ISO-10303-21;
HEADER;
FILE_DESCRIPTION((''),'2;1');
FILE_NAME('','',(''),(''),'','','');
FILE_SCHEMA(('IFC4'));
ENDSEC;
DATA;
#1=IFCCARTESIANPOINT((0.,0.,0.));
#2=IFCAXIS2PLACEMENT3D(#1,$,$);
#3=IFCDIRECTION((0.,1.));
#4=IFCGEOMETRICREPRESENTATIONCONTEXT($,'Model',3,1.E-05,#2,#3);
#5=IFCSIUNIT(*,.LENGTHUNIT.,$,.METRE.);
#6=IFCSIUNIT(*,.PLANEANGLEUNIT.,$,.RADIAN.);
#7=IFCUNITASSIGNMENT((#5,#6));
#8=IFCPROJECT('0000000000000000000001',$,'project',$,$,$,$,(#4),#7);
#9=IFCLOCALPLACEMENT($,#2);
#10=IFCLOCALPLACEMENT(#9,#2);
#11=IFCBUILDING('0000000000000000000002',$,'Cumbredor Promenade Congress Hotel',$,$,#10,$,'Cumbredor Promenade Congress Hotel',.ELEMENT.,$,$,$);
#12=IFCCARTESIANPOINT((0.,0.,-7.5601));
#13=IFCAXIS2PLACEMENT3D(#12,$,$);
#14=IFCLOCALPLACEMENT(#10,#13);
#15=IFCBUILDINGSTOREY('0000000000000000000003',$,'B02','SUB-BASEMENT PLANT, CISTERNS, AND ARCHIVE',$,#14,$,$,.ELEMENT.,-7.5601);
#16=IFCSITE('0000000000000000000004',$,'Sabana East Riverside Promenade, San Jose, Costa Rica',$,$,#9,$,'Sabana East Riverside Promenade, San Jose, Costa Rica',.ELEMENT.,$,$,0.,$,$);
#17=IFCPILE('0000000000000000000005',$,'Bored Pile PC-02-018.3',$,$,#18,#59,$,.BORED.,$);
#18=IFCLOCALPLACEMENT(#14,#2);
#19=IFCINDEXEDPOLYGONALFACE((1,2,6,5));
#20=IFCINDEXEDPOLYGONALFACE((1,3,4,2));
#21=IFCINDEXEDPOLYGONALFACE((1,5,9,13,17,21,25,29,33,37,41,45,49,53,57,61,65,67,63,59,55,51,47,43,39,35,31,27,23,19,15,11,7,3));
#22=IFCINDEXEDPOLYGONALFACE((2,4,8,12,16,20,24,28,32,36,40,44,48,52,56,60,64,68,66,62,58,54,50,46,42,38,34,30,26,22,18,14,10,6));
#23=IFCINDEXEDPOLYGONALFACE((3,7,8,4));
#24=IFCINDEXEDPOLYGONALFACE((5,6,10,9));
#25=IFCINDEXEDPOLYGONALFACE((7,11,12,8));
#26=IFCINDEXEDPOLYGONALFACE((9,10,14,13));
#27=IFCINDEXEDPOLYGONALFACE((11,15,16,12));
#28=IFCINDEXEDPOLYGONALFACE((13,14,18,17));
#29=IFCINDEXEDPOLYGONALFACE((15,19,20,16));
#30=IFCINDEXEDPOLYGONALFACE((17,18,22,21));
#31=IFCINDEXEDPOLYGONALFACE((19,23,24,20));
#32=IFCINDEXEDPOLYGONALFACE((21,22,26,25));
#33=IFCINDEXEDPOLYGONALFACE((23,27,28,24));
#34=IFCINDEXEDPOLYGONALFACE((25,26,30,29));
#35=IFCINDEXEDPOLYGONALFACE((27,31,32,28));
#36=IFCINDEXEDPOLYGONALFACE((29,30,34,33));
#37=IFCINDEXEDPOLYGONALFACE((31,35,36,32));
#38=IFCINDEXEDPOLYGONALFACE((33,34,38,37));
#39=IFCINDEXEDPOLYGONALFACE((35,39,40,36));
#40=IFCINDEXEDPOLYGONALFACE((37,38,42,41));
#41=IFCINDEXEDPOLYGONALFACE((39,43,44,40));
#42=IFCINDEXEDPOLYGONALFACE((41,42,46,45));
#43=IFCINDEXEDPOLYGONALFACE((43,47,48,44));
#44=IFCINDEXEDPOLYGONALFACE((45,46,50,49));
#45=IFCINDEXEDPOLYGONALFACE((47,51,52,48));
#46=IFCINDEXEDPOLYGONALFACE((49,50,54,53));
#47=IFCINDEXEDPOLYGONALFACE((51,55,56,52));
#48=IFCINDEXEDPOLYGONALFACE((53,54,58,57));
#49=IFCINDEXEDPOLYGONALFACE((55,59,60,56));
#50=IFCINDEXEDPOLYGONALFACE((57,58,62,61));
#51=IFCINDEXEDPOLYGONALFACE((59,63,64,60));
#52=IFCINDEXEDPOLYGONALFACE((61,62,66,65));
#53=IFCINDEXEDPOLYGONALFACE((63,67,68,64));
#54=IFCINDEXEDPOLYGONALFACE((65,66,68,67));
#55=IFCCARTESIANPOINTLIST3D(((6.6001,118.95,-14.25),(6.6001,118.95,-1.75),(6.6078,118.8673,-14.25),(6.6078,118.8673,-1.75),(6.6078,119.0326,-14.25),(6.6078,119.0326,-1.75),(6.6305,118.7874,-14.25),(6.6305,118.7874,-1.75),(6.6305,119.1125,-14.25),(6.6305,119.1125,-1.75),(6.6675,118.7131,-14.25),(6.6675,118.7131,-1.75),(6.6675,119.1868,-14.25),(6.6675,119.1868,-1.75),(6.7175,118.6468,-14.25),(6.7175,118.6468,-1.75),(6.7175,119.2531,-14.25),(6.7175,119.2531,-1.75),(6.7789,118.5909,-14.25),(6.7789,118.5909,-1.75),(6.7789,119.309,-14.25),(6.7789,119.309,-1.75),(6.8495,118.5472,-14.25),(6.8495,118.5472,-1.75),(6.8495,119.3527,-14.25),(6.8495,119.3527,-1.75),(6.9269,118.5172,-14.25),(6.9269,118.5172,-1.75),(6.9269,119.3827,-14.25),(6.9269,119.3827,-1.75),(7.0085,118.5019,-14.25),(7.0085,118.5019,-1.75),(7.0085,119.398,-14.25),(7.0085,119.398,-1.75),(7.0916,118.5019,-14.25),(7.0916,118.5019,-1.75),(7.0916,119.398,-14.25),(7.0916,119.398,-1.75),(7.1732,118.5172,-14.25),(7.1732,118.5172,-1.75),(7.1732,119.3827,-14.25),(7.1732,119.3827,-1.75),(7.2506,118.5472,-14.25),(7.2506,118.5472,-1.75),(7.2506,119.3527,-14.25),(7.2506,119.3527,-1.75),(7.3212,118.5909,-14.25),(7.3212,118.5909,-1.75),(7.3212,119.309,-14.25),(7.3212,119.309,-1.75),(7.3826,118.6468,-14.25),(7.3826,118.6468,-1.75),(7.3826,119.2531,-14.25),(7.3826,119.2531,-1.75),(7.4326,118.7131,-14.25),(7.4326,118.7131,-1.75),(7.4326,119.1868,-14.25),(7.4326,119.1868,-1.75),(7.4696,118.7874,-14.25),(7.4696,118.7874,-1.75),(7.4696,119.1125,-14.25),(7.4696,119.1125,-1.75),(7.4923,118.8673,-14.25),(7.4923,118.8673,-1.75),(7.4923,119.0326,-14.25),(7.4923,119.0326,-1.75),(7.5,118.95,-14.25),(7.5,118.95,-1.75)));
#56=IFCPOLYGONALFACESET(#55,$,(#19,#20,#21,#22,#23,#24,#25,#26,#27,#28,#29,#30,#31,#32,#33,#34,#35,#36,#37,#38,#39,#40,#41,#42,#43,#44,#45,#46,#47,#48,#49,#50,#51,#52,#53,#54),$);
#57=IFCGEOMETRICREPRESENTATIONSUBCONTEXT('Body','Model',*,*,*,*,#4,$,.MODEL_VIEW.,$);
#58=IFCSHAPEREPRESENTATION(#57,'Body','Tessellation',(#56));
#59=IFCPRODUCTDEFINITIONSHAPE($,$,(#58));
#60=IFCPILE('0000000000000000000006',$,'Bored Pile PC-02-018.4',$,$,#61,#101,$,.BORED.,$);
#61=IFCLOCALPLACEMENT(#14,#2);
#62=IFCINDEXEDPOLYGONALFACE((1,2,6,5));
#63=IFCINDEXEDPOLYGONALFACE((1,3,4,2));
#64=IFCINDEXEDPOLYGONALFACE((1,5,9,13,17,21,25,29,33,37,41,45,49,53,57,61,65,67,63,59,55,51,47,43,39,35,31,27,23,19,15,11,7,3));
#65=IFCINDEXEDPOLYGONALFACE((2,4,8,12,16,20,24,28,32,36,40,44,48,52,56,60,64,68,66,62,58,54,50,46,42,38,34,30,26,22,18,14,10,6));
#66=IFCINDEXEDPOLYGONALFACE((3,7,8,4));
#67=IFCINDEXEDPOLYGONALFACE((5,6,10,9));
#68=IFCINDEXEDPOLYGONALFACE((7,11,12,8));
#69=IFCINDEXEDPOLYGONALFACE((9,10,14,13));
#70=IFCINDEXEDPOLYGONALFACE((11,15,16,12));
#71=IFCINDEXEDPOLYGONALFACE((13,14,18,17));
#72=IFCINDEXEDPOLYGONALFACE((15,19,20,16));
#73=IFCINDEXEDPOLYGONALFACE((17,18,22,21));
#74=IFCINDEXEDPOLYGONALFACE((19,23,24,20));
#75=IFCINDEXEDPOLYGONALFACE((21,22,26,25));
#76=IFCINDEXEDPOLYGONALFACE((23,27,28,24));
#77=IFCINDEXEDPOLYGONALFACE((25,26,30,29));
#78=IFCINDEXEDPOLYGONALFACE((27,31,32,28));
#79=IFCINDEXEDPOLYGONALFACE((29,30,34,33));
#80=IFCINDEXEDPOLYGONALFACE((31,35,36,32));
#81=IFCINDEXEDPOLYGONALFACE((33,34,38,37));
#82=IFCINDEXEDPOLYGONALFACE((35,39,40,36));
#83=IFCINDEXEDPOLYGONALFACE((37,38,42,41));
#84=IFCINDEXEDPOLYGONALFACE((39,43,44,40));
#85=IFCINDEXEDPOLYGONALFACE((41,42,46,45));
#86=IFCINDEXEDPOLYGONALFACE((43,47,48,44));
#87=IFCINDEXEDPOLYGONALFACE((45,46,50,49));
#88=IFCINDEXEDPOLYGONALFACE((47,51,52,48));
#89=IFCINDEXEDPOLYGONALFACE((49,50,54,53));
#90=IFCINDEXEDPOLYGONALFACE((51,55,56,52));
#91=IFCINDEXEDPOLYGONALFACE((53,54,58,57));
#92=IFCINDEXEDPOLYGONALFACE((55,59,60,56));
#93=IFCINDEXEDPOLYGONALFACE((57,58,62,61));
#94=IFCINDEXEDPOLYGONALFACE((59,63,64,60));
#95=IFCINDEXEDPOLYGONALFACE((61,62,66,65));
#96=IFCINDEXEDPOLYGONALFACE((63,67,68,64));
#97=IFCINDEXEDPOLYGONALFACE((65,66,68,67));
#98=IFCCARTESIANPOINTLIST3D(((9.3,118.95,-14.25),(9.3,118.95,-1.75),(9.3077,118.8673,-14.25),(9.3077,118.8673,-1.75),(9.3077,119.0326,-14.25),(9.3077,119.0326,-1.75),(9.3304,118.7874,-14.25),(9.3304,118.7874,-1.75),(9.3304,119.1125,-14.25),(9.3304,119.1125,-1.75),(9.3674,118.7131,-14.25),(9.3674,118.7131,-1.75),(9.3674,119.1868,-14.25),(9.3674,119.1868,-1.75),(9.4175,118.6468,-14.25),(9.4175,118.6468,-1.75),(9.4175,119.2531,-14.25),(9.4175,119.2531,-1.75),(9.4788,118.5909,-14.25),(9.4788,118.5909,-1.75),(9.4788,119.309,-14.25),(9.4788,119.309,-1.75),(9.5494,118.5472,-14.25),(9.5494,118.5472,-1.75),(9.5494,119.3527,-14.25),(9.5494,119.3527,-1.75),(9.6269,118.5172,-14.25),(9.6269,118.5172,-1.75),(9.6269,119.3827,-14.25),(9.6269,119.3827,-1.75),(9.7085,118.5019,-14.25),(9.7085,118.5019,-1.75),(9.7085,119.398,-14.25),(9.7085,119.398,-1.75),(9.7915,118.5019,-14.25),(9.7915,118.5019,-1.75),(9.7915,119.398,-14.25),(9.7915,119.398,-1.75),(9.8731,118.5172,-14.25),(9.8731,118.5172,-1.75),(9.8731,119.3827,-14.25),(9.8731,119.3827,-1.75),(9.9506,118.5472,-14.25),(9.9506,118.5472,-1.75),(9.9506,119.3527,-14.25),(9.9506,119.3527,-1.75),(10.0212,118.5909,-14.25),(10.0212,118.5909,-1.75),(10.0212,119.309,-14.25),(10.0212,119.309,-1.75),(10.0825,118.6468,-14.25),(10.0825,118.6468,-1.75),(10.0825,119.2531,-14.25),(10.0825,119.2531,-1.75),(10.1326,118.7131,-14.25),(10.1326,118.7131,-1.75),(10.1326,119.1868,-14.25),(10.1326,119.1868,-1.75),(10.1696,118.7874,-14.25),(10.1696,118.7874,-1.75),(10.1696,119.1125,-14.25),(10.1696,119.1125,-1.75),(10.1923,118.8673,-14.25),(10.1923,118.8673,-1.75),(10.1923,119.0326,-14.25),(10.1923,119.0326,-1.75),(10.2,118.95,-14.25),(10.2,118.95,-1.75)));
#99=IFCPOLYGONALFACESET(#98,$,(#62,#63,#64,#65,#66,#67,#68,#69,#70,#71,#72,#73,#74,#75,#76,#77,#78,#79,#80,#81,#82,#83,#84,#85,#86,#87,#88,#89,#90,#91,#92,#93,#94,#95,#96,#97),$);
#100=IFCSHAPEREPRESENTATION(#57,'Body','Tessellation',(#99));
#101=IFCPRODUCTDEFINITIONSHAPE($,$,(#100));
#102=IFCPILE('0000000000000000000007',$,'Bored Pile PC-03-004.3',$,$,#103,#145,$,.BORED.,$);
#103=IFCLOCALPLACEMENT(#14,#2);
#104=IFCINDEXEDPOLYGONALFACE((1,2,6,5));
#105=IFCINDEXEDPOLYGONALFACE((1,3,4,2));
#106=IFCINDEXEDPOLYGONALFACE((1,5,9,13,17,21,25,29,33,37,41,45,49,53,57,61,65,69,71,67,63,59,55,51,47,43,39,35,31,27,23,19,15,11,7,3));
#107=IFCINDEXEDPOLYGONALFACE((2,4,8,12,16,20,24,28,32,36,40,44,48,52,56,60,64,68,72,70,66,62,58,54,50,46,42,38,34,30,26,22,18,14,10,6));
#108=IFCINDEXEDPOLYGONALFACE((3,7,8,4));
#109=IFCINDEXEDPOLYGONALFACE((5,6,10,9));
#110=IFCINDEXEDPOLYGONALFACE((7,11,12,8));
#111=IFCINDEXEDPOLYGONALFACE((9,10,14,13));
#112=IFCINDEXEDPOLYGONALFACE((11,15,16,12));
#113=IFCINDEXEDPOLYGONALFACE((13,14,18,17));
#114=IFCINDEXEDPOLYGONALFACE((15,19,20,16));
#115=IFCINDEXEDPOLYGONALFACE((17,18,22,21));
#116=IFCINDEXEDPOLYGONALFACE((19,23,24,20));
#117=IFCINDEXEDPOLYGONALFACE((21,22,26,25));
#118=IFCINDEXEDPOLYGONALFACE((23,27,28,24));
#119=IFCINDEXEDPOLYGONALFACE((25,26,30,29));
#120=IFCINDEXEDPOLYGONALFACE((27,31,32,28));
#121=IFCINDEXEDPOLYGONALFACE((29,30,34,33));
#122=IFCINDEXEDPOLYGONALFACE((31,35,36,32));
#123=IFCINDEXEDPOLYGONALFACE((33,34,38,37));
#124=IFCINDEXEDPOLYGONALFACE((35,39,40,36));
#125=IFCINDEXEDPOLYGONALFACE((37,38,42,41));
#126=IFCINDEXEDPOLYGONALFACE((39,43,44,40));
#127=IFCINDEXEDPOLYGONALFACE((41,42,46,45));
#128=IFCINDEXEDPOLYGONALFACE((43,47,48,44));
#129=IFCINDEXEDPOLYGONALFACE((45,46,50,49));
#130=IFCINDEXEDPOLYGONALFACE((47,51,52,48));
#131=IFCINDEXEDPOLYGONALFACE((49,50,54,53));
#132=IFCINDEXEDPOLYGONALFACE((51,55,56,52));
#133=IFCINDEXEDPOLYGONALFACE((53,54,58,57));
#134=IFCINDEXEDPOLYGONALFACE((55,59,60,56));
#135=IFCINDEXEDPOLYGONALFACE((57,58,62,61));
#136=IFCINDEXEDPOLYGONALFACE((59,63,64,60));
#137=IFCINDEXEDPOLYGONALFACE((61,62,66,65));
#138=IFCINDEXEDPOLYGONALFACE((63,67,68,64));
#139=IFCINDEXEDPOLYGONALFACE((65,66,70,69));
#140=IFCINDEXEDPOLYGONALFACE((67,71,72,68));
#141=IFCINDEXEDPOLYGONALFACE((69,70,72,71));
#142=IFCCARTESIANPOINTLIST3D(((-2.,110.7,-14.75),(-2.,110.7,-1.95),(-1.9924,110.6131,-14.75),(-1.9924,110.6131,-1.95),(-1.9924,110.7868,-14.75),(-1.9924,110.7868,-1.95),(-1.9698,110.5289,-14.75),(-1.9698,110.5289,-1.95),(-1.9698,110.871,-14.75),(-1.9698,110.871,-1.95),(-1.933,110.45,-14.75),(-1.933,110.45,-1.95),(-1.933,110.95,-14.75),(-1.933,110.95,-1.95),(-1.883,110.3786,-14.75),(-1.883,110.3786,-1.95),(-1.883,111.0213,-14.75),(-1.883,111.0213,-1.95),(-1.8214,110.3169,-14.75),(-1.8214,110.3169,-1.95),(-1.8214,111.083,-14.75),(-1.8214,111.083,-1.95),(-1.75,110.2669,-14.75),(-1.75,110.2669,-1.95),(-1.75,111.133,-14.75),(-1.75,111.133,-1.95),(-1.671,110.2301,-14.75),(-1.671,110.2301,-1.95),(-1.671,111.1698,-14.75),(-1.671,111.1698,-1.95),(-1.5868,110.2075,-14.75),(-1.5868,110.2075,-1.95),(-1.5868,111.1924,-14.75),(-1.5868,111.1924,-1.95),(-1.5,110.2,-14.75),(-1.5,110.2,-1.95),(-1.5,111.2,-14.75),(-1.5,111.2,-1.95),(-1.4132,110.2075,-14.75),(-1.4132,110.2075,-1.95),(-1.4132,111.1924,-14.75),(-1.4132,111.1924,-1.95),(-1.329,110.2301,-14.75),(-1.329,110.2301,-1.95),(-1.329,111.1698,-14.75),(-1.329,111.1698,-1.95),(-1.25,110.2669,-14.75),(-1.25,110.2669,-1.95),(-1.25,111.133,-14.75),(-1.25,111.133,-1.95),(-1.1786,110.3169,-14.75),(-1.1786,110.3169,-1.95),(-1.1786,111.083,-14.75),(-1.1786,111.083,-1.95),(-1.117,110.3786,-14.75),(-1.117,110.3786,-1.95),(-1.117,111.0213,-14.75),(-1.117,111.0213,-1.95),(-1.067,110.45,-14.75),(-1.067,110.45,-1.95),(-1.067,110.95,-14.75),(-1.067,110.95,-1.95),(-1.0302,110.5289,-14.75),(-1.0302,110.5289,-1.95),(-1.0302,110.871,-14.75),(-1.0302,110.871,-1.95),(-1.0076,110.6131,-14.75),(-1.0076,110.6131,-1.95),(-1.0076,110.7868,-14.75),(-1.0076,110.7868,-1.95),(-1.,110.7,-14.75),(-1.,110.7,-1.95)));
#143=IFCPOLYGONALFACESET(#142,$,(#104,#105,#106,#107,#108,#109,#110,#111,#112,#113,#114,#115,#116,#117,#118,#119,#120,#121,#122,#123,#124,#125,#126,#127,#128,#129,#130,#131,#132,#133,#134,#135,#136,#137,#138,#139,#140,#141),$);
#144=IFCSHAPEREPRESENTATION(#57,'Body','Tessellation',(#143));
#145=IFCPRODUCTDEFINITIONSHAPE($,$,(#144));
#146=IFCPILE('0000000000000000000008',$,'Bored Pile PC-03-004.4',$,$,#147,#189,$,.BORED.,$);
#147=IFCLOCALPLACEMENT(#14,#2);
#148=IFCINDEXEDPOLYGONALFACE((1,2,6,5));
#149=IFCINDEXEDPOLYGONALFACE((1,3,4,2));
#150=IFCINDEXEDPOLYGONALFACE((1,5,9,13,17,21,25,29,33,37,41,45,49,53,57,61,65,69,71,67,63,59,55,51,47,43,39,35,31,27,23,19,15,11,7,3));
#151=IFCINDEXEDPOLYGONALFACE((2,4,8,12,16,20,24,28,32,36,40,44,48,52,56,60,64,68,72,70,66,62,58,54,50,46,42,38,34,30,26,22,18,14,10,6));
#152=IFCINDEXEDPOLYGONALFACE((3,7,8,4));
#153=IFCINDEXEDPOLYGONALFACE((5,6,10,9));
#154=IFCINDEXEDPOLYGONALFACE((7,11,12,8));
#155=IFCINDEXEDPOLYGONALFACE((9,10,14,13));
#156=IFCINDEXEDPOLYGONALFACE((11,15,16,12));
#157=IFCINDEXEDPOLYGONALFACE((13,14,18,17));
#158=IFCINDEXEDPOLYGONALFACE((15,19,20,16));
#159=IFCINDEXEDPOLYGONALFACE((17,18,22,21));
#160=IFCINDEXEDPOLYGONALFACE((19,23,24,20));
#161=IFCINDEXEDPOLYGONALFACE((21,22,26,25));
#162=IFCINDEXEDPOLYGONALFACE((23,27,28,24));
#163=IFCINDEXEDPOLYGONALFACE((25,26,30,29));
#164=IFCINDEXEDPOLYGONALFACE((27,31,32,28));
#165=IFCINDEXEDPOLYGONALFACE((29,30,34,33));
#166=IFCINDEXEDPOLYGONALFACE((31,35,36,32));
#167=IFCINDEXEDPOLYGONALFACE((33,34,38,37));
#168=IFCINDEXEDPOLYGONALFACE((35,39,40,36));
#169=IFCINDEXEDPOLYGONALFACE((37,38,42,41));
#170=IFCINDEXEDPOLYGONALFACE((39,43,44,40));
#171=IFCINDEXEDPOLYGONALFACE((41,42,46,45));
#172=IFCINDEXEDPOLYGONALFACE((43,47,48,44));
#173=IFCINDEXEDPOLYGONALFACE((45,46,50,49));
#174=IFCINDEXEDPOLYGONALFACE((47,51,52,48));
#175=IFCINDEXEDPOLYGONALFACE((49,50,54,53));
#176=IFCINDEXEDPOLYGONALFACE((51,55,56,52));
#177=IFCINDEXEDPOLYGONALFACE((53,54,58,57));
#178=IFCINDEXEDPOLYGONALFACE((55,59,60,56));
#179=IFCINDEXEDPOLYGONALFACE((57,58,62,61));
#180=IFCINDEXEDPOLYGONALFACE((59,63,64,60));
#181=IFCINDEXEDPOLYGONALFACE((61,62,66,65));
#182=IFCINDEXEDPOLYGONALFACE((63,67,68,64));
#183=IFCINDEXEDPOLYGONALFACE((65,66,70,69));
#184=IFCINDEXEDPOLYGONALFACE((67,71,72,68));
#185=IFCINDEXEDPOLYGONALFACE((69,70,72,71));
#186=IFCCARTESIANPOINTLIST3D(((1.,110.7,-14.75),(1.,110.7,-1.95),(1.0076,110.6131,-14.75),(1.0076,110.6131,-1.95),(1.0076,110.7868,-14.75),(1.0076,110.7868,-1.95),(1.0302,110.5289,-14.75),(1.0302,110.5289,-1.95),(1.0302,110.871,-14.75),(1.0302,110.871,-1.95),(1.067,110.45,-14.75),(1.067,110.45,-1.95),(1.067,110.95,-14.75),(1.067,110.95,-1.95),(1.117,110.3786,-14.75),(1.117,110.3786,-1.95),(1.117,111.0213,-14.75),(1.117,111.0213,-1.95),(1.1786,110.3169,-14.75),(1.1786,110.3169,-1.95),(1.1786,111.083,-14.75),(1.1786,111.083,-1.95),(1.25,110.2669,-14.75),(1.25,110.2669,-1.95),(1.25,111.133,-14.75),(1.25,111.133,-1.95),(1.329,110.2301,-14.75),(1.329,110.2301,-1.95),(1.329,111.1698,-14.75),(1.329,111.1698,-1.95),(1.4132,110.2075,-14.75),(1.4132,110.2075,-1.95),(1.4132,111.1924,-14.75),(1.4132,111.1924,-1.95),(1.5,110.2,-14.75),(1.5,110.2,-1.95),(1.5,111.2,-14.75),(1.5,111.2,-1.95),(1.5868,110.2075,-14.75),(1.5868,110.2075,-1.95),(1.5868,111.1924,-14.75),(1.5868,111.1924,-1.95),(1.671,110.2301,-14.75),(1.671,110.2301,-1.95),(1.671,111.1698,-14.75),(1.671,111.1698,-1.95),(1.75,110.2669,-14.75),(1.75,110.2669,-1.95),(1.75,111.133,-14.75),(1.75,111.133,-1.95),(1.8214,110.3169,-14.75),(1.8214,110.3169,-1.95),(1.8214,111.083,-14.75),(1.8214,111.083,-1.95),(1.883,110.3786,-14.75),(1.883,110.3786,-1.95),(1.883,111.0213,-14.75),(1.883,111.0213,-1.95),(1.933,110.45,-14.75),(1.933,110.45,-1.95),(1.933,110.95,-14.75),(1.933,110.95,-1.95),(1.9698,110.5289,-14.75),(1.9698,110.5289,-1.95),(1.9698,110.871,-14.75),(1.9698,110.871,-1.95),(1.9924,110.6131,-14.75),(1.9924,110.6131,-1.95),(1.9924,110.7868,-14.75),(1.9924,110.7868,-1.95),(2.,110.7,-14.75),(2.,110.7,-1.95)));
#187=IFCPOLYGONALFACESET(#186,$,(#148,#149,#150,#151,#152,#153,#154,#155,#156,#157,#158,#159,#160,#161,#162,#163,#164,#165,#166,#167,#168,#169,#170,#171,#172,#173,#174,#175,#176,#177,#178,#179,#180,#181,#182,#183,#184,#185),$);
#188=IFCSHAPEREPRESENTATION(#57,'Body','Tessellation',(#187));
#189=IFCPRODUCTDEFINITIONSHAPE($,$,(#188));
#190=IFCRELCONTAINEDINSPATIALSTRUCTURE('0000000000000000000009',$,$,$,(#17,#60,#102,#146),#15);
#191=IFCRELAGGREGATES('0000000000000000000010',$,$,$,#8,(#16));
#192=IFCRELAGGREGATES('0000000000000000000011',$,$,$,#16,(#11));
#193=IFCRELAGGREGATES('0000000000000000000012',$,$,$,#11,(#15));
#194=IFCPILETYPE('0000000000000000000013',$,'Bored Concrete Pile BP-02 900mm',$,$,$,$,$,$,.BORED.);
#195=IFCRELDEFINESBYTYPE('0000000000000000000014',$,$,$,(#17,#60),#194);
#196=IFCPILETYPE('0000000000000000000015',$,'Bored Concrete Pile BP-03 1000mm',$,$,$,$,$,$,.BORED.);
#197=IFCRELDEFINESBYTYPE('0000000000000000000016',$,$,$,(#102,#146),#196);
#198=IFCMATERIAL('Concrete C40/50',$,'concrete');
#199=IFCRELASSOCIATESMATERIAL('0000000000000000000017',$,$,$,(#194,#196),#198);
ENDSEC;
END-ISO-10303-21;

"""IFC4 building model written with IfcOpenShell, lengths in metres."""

from ifc_helpers import new_model, si_unit, direction, frame, origin, origin_2d, place, context, subcontext, project, spatial, circle, extrude, material, material_profile, profile_set, type_object, element, save


model = new_model("IFC4")

# Units and contexts
model_context = context("Model", 3, precision=1e-05, world=origin(), true_north=direction((0.0, 1.0)))
body_context = subcontext(model_context, "Body", "Model", "MODEL_VIEW")
ifc_project = project(units=[si_unit("LENGTHUNIT", "METRE"), si_unit("PLANEANGLEUNIT", "RADIAN")], contexts=[model_context])

# Site, building, storey
site_placement = place(None, origin())
site = spatial("IfcSite", under=ifc_project, at=site_placement, Name="Sabana East Riverside Promenade, San Jose, Costa Rica", LongName="Sabana East Riverside Promenade, San Jose, Costa Rica", CompositionType="ELEMENT", RefElevation=0.0)
building_placement = place(site_placement, origin())
building = spatial("IfcBuilding", under=site, at=building_placement, Name="Cumbredor Promenade Congress Hotel", LongName="Cumbredor Promenade Congress Hotel", CompositionType="ELEMENT")
storey_placement = place(building_placement, frame((0.0, 0.0, -7.5601)))
storey = spatial("IfcBuildingStorey", under=building, at=storey_placement, Name="B02", Description="SUB-BASEMENT PLANT, CISTERNS, AND ARCHIVE", CompositionType="ELEMENT", Elevation=-7.5601)

# Piles
ifc_material_1 = material(Name="Concrete C40/50", Category="concrete")
ifc_material_profile_1 = material_profile(ifc_material_1, circle(Radius=0.45, at=origin_2d()), Name="PILE D900")
ifc_profile_set_1 = profile_set([ifc_material_profile_1], Name="Concrete C40/50")
pile_type_1 = type_object("IfcPileType", Name="Bored Concrete Pile BP-02 900mm", PredefinedType="BORED", material=ifc_profile_set_1)
for number, where, z_axis, x_axis, name in (
    (1, (7.05, 118.95, -1.75), (0.0, 0.0, -1.0), (1.0, 0.0, 0.0), "Bored Pile PC-02-018.3"),
    (2, (9.75, 118.95, -1.75), (0.0, 0.0, -1.0), (1.0, 0.0, 0.0), "Bored Pile PC-02-018.4"),
):
    element("IfcPile", number, at=place(storey_placement, frame(where, z_axis=z_axis, x_axis=x_axis)), inside=storey, type_object=pile_type_1, Name=name, PredefinedType="BORED", context=body_context, shape_type="SweptSolid", body=[
        extrude(circle(Radius=0.45, at=origin_2d()), origin(), (0.0, 0.0, 1.0), 12.5),
    ])
ifc_material_profile_2 = material_profile(ifc_material_1, circle(Radius=0.5, at=origin_2d()), Name="PILE D1000")
ifc_profile_set_2 = profile_set([ifc_material_profile_2], Name="Concrete C40/50")
pile_type_2 = type_object("IfcPileType", Name="Bored Concrete Pile BP-03 1000mm", PredefinedType="BORED", material=ifc_profile_set_2)
for number, where, z_axis, x_axis, name in (
    (3, (-1.5, 110.7, -1.95), (0.0, 0.0, -1.0), (1.0, 0.0, 0.0), "Bored Pile PC-03-004.3"),
    (4, (1.5, 110.7, -1.95), (0.0, 0.0, -1.0), (1.0, 0.0, 0.0), "Bored Pile PC-03-004.4"),
):
    element("IfcPile", number, at=place(storey_placement, frame(where, z_axis=z_axis, x_axis=x_axis)), inside=storey, type_object=pile_type_2, Name=name, PredefinedType="BORED", context=body_context, shape_type="SweptSolid", body=[
        extrude(circle(Radius=0.5, at=origin_2d()), origin(), (0.0, 0.0, 1.0), 12.8),
    ])

save(model, "model.ifc")
